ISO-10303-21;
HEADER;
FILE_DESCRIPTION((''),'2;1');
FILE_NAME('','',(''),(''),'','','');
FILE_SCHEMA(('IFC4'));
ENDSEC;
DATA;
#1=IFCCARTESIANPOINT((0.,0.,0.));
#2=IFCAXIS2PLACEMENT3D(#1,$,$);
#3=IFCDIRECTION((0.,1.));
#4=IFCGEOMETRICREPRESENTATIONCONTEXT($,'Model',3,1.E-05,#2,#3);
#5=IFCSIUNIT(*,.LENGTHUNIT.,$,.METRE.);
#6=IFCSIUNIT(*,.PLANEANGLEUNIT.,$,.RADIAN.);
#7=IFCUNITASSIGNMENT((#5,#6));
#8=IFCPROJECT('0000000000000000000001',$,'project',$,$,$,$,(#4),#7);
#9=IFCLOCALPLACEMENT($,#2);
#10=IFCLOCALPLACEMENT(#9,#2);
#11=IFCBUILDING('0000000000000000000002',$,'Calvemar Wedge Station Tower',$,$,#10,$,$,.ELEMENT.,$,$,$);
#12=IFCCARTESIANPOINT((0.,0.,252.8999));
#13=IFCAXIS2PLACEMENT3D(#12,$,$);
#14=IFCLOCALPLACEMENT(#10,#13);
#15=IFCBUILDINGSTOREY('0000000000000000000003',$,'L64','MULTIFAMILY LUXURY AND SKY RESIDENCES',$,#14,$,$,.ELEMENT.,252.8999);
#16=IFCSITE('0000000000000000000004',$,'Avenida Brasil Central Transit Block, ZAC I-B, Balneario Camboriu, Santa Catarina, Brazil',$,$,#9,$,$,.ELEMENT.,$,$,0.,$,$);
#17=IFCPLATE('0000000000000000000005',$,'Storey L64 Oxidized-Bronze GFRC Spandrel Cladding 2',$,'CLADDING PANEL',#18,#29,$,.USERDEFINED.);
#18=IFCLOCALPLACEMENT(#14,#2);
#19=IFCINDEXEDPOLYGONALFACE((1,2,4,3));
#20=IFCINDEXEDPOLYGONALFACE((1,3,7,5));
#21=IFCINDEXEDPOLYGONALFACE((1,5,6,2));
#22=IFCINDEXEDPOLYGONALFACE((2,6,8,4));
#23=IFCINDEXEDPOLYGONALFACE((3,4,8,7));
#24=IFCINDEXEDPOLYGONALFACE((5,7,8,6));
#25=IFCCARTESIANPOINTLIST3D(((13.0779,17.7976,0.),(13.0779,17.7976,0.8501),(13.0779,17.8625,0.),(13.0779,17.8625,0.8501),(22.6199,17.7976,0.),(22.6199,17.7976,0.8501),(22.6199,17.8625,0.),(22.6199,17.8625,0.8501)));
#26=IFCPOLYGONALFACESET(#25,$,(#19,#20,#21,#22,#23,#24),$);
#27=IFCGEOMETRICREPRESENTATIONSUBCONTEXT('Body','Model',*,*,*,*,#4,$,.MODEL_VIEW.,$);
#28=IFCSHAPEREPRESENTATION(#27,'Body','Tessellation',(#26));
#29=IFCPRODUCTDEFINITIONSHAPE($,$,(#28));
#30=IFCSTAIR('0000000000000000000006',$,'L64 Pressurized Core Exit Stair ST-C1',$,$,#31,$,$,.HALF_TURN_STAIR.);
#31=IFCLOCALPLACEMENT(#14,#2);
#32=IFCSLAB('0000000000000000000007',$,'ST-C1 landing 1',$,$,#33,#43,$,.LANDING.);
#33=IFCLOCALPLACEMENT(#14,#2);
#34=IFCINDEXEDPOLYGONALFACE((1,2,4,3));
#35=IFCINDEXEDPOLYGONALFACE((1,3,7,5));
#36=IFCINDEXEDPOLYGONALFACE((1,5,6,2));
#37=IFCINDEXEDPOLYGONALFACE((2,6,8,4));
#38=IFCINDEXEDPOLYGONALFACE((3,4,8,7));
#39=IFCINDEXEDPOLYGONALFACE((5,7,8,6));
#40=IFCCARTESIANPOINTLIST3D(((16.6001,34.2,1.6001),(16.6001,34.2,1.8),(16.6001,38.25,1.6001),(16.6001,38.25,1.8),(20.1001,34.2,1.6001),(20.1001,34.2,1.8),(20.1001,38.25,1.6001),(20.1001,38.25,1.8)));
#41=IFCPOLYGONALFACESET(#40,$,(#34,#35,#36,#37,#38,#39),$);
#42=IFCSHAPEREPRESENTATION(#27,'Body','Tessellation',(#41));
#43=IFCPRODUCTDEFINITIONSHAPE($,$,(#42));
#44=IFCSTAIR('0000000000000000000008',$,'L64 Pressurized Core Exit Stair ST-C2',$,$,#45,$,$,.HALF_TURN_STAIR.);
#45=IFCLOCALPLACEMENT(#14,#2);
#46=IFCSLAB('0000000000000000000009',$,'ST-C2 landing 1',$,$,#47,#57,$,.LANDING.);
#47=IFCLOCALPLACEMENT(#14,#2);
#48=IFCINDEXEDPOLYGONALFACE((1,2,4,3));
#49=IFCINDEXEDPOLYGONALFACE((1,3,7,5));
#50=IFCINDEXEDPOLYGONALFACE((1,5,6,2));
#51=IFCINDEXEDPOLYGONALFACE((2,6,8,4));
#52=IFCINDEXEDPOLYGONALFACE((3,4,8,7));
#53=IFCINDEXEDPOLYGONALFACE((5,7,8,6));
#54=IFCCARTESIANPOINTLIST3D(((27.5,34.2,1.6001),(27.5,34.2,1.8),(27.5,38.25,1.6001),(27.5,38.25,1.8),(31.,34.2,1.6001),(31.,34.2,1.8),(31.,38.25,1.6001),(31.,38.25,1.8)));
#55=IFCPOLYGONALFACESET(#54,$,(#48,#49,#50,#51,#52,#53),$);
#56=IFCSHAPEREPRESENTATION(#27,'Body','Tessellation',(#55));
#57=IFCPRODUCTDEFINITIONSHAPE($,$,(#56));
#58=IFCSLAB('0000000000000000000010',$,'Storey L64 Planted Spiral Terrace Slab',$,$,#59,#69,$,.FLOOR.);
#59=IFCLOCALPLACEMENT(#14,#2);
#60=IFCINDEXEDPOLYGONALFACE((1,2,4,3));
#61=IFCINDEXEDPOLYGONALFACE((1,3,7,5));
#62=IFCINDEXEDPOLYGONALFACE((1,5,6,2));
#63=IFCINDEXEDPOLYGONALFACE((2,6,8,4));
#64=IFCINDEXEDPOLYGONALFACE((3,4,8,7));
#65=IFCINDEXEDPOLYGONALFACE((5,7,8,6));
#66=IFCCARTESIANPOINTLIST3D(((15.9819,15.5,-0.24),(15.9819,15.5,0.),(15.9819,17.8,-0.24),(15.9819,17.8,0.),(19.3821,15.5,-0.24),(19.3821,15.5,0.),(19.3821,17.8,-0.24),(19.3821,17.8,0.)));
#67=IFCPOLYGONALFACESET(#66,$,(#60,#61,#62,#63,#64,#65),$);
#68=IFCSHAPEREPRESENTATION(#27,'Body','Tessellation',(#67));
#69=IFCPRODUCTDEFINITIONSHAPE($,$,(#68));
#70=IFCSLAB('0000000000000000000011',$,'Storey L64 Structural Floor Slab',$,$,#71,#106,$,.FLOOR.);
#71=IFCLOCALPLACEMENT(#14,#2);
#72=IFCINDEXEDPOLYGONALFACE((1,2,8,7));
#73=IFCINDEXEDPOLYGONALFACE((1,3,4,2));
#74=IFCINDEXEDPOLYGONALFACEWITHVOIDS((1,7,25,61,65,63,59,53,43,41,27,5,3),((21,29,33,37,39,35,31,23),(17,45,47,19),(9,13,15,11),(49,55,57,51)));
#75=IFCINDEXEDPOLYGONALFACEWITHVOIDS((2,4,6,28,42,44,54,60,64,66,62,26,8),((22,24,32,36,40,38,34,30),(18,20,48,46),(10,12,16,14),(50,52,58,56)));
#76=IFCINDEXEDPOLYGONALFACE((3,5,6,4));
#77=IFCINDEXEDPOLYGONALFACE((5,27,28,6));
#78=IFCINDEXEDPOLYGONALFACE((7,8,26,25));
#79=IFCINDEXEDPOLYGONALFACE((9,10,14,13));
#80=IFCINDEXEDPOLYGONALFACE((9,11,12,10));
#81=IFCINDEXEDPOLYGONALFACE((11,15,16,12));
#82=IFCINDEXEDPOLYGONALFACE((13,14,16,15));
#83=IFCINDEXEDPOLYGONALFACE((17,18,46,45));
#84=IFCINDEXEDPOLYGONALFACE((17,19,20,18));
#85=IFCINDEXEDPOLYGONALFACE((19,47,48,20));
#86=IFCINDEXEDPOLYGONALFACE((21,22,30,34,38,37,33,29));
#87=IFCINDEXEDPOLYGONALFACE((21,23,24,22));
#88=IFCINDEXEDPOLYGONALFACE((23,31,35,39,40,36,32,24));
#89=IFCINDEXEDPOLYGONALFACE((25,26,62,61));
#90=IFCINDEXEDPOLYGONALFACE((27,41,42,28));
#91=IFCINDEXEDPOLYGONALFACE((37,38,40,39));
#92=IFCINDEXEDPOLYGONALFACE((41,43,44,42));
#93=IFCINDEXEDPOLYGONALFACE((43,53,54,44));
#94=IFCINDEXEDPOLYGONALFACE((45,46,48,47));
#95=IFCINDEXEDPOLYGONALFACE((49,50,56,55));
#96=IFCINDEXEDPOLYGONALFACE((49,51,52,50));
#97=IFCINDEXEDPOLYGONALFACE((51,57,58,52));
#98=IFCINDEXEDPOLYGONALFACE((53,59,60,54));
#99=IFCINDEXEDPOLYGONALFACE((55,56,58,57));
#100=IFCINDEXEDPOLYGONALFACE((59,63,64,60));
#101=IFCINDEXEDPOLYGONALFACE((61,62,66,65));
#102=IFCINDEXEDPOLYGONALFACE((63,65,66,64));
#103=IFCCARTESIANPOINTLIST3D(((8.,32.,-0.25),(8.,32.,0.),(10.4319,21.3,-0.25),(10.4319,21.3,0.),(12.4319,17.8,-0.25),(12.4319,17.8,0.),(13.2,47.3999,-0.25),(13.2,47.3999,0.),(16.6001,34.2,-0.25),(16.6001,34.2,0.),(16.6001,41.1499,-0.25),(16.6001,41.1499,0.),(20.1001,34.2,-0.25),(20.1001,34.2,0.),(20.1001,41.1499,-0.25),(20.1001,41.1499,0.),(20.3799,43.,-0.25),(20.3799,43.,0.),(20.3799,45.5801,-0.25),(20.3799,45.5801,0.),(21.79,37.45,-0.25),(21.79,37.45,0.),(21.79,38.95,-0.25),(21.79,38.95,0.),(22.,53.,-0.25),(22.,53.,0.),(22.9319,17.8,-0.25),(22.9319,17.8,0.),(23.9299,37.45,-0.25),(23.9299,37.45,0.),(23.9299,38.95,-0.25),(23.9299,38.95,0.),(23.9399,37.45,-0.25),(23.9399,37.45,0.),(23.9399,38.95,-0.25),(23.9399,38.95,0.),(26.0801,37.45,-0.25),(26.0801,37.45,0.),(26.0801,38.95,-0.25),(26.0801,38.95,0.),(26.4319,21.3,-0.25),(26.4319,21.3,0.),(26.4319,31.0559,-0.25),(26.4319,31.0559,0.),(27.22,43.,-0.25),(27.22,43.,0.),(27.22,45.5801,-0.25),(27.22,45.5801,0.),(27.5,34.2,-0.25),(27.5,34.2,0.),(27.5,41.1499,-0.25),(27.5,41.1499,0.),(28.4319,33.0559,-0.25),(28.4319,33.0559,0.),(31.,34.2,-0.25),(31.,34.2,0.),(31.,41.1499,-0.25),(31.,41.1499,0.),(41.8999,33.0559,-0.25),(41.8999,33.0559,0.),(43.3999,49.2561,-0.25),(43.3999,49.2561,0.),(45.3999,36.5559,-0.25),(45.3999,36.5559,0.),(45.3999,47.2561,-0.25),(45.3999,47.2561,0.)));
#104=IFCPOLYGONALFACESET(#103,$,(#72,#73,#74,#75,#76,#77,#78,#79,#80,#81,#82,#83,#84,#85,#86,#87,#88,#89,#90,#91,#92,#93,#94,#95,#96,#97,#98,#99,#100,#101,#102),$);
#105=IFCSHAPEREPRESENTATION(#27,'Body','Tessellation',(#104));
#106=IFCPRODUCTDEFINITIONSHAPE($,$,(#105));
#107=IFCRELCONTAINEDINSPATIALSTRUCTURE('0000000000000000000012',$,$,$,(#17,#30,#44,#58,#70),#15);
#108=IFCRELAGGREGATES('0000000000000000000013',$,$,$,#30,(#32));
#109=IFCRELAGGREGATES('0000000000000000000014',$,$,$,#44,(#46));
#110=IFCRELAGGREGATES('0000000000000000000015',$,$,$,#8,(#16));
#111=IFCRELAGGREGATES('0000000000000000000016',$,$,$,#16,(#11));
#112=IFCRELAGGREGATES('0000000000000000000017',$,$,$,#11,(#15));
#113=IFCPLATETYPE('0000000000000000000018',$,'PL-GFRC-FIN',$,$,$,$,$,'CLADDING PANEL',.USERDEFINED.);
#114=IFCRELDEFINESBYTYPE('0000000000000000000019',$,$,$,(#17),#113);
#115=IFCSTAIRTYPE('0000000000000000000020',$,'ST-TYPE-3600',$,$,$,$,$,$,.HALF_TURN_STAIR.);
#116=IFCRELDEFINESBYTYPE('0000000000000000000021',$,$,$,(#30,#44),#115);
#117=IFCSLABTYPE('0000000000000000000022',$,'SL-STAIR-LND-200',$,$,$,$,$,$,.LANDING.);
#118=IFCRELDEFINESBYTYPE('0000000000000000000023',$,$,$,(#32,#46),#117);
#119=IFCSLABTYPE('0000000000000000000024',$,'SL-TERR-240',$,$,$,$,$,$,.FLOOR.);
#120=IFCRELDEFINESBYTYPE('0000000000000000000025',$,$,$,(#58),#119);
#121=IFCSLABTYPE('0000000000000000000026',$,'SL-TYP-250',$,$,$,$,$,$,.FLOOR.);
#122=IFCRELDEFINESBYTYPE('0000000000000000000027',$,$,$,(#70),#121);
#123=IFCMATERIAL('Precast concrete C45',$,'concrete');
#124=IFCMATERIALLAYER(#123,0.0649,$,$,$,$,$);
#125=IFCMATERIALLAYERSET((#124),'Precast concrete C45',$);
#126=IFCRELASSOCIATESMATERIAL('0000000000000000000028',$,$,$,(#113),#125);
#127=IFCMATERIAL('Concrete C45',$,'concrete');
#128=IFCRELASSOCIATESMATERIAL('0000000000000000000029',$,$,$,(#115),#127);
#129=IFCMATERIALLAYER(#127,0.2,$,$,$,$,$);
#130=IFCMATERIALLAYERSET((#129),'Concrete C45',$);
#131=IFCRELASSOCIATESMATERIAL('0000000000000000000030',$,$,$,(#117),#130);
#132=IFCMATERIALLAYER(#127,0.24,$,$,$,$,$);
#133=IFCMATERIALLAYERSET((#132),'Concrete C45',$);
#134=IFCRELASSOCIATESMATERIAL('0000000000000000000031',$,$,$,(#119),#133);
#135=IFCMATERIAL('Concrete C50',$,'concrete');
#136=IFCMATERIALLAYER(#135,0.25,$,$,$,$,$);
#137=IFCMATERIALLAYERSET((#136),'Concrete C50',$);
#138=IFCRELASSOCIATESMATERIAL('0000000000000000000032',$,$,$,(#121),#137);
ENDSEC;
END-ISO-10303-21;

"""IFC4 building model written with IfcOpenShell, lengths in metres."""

from ifc_helpers import new_model, si_unit, direction, frame, frame_2d, origin, place, context, subcontext, project, spatial, polyline, rectangle, outline, extrude, material, layer, layer_set, type_object, element, aggregate, save


model = new_model("IFC4")

# Units and contexts
model_context = context("Model", 3, precision=1e-05, world=origin(), true_north=direction((0.0, 1.0)))
body_context = subcontext(model_context, "Body", "Model", "MODEL_VIEW")
ifc_project = project(units=[si_unit("LENGTHUNIT", "METRE"), si_unit("PLANEANGLEUNIT", "RADIAN")], contexts=[model_context])

# Site, building, storey
site_placement = place(None, origin())
site = spatial("IfcSite", under=ifc_project, at=site_placement, Name="Avenida Brasil Central Transit Block, ZAC I-B, Balneario Camboriu, Santa Catarina, Brazil", CompositionType="ELEMENT", RefElevation=0.0)
building_placement = place(site_placement, origin())
building = spatial("IfcBuilding", under=site, at=building_placement, Name="Calvemar Wedge Station Tower", CompositionType="ELEMENT")
storey_placement = place(building_placement, frame((0.0, 0.0, 252.8999)))
storey = spatial("IfcBuildingStorey", under=building, at=storey_placement, Name="L64", Description="MULTIFAMILY LUXURY AND SKY RESIDENCES", CompositionType="ELEMENT", Elevation=252.8999)

# Plate
ifc_material_1 = material(Name="Precast concrete C45", Category="concrete")
ifc_layer_1 = layer(ifc_material_1, 0.0649)
ifc_layer_set_1 = layer_set([ifc_layer_1], Name="Precast concrete C45")
plate_type = type_object("IfcPlateType", Name="PL-GFRC-FIN", ElementType="CLADDING PANEL", PredefinedType="USERDEFINED", material=ifc_layer_set_1)
plate_placement = place(storey_placement, frame((13.0779, 17.8301, 0.0), z_axis=(0.0, 0.0, 1.0), x_axis=(1.0, 0.0, 0.0)))
element("IfcPlate", 1, at=plate_placement, inside=storey, type_object=plate_type, Name="Storey L64 Oxidized-Bronze GFRC Spandrel Cladding 2", ObjectType="CLADDING PANEL", PredefinedType="USERDEFINED", context=body_context, shape_type="SweptSolid", body=[
    extrude(rectangle(XDim=9.542, YDim=0.0649, at=frame_2d((4.771, 0.0))), origin(), (0.0, 0.0, 1.0), 0.8501),
])

# Stairs, slabs
ifc_material_2 = material(Name="Concrete C45", Category="concrete")
stair_type = type_object("IfcStairType", Name="ST-TYPE-3600", PredefinedType="HALF_TURN_STAIR", material=ifc_material_2)
stair_1_placement = place(storey_placement, origin())
stair_1 = element("IfcStair", 2, at=stair_1_placement, inside=storey, type_object=stair_type, Name="L64 Pressurized Core Exit Stair ST-C1", PredefinedType="HALF_TURN_STAIR")
ifc_layer_2 = layer(ifc_material_2, 0.2)
ifc_layer_set_2 = layer_set([ifc_layer_2], Name="Concrete C45")
slab_type_1 = type_object("IfcSlabType", Name="SL-STAIR-LND-200", PredefinedType="LANDING", material=ifc_layer_set_2)
slab_1_placement = place(storey_placement, frame((0.0, 0.0, 1.6001)))
slab_1 = element("IfcSlab", 3, at=slab_1_placement, type_object=slab_type_1, Name="ST-C1 landing 1", PredefinedType="LANDING", context=body_context, shape_type="SweptSolid", body=[
    extrude(outline(polyline([(16.6001, 38.25), (16.6001, 34.2), (20.1001, 34.2), (20.1001, 38.25), (16.6001, 38.25)])), origin(), (0.0, 0.0, 1.0), 0.2),
])
aggregate(stair_1, [slab_1])
stair_2_placement = place(storey_placement, origin())
stair_2 = element("IfcStair", 4, at=stair_2_placement, inside=storey, type_object=stair_type, Name="L64 Pressurized Core Exit Stair ST-C2", PredefinedType="HALF_TURN_STAIR")
slab_2_placement = place(storey_placement, frame((0.0, 0.0, 1.6001)))
slab_2 = element("IfcSlab", 5, at=slab_2_placement, type_object=slab_type_1, Name="ST-C2 landing 1", PredefinedType="LANDING", context=body_context, shape_type="SweptSolid", body=[
    extrude(outline(polyline([(27.5, 38.25), (27.5, 34.2), (31.0, 34.2), (31.0, 38.25), (27.5, 38.25)])), origin(), (0.0, 0.0, 1.0), 0.2),
])
aggregate(stair_2, [slab_2])

# Slabs
ifc_layer_3 = layer(ifc_material_2, 0.24)
ifc_layer_set_3 = layer_set([ifc_layer_3], Name="Concrete C45")
slab_type_2 = type_object("IfcSlabType", Name="SL-TERR-240", PredefinedType="FLOOR", material=ifc_layer_set_3)
slab_3_placement = place(storey_placement, frame((0.0, 0.0, -0.24)))
element("IfcSlab", 6, at=slab_3_placement, inside=storey, type_object=slab_type_2, Name="Storey L64 Planted Spiral Terrace Slab", PredefinedType="FLOOR", context=body_context, shape_type="SweptSolid", body=[
    extrude(outline(polyline([(15.9819, 17.8), (15.9819, 15.5), (19.3821, 15.5), (19.3821, 17.8), (15.9819, 17.8)])), origin(), (0.0, 0.0, 1.0), 0.24),
])
ifc_material_3 = material(Name="Concrete C50", Category="concrete")
ifc_layer_4 = layer(ifc_material_3, 0.25)
ifc_layer_set_4 = layer_set([ifc_layer_4], Name="Concrete C50")
slab_type_3 = type_object("IfcSlabType", Name="SL-TYP-250", PredefinedType="FLOOR", material=ifc_layer_set_4)
slab_4_placement = place(storey_placement, frame((0.0, 0.0, -0.25)))
element("IfcSlab", 7, at=slab_4_placement, inside=storey, type_object=slab_type_3, Name="Storey L64 Structural Floor Slab", PredefinedType="FLOOR", context=body_context, shape_type="SweptSolid", body=[
    extrude(outline(polyline([(8.0, 32.0), (10.4319, 21.3), (12.4319, 17.8), (22.9319, 17.8), (26.4319, 21.3), (26.4319, 31.0559), (28.4319, 33.0559), (41.8999, 33.0559), (45.3999, 36.5559), (45.3999, 47.2561), (43.3999, 49.2561), (22.0, 53.0), (13.2, 47.3999), (8.0, 32.0)]), holes=[polyline([(20.1001, 34.2), (20.1001, 41.1499), (16.6001, 41.1499), (16.6001, 34.2), (20.1001, 34.2)]), polyline([(31.0, 34.2), (31.0, 41.1499), (27.5, 41.1499), (27.5, 34.2), (31.0, 34.2)]), polyline([(23.9299, 38.95), (21.79, 38.95), (21.79, 37.45), (23.9299, 37.45), (23.9399, 37.45), (26.0801, 37.45), (26.0801, 38.95), (23.9399, 38.95), (23.9299, 38.95)]), polyline([(27.22, 43.0), (27.22, 45.5801), (20.3799, 45.5801), (20.3799, 43.0), (27.22, 43.0)])]), origin(), (0.0, 0.0, 1.0), 0.25),
])

save(model, "model.ifc")
